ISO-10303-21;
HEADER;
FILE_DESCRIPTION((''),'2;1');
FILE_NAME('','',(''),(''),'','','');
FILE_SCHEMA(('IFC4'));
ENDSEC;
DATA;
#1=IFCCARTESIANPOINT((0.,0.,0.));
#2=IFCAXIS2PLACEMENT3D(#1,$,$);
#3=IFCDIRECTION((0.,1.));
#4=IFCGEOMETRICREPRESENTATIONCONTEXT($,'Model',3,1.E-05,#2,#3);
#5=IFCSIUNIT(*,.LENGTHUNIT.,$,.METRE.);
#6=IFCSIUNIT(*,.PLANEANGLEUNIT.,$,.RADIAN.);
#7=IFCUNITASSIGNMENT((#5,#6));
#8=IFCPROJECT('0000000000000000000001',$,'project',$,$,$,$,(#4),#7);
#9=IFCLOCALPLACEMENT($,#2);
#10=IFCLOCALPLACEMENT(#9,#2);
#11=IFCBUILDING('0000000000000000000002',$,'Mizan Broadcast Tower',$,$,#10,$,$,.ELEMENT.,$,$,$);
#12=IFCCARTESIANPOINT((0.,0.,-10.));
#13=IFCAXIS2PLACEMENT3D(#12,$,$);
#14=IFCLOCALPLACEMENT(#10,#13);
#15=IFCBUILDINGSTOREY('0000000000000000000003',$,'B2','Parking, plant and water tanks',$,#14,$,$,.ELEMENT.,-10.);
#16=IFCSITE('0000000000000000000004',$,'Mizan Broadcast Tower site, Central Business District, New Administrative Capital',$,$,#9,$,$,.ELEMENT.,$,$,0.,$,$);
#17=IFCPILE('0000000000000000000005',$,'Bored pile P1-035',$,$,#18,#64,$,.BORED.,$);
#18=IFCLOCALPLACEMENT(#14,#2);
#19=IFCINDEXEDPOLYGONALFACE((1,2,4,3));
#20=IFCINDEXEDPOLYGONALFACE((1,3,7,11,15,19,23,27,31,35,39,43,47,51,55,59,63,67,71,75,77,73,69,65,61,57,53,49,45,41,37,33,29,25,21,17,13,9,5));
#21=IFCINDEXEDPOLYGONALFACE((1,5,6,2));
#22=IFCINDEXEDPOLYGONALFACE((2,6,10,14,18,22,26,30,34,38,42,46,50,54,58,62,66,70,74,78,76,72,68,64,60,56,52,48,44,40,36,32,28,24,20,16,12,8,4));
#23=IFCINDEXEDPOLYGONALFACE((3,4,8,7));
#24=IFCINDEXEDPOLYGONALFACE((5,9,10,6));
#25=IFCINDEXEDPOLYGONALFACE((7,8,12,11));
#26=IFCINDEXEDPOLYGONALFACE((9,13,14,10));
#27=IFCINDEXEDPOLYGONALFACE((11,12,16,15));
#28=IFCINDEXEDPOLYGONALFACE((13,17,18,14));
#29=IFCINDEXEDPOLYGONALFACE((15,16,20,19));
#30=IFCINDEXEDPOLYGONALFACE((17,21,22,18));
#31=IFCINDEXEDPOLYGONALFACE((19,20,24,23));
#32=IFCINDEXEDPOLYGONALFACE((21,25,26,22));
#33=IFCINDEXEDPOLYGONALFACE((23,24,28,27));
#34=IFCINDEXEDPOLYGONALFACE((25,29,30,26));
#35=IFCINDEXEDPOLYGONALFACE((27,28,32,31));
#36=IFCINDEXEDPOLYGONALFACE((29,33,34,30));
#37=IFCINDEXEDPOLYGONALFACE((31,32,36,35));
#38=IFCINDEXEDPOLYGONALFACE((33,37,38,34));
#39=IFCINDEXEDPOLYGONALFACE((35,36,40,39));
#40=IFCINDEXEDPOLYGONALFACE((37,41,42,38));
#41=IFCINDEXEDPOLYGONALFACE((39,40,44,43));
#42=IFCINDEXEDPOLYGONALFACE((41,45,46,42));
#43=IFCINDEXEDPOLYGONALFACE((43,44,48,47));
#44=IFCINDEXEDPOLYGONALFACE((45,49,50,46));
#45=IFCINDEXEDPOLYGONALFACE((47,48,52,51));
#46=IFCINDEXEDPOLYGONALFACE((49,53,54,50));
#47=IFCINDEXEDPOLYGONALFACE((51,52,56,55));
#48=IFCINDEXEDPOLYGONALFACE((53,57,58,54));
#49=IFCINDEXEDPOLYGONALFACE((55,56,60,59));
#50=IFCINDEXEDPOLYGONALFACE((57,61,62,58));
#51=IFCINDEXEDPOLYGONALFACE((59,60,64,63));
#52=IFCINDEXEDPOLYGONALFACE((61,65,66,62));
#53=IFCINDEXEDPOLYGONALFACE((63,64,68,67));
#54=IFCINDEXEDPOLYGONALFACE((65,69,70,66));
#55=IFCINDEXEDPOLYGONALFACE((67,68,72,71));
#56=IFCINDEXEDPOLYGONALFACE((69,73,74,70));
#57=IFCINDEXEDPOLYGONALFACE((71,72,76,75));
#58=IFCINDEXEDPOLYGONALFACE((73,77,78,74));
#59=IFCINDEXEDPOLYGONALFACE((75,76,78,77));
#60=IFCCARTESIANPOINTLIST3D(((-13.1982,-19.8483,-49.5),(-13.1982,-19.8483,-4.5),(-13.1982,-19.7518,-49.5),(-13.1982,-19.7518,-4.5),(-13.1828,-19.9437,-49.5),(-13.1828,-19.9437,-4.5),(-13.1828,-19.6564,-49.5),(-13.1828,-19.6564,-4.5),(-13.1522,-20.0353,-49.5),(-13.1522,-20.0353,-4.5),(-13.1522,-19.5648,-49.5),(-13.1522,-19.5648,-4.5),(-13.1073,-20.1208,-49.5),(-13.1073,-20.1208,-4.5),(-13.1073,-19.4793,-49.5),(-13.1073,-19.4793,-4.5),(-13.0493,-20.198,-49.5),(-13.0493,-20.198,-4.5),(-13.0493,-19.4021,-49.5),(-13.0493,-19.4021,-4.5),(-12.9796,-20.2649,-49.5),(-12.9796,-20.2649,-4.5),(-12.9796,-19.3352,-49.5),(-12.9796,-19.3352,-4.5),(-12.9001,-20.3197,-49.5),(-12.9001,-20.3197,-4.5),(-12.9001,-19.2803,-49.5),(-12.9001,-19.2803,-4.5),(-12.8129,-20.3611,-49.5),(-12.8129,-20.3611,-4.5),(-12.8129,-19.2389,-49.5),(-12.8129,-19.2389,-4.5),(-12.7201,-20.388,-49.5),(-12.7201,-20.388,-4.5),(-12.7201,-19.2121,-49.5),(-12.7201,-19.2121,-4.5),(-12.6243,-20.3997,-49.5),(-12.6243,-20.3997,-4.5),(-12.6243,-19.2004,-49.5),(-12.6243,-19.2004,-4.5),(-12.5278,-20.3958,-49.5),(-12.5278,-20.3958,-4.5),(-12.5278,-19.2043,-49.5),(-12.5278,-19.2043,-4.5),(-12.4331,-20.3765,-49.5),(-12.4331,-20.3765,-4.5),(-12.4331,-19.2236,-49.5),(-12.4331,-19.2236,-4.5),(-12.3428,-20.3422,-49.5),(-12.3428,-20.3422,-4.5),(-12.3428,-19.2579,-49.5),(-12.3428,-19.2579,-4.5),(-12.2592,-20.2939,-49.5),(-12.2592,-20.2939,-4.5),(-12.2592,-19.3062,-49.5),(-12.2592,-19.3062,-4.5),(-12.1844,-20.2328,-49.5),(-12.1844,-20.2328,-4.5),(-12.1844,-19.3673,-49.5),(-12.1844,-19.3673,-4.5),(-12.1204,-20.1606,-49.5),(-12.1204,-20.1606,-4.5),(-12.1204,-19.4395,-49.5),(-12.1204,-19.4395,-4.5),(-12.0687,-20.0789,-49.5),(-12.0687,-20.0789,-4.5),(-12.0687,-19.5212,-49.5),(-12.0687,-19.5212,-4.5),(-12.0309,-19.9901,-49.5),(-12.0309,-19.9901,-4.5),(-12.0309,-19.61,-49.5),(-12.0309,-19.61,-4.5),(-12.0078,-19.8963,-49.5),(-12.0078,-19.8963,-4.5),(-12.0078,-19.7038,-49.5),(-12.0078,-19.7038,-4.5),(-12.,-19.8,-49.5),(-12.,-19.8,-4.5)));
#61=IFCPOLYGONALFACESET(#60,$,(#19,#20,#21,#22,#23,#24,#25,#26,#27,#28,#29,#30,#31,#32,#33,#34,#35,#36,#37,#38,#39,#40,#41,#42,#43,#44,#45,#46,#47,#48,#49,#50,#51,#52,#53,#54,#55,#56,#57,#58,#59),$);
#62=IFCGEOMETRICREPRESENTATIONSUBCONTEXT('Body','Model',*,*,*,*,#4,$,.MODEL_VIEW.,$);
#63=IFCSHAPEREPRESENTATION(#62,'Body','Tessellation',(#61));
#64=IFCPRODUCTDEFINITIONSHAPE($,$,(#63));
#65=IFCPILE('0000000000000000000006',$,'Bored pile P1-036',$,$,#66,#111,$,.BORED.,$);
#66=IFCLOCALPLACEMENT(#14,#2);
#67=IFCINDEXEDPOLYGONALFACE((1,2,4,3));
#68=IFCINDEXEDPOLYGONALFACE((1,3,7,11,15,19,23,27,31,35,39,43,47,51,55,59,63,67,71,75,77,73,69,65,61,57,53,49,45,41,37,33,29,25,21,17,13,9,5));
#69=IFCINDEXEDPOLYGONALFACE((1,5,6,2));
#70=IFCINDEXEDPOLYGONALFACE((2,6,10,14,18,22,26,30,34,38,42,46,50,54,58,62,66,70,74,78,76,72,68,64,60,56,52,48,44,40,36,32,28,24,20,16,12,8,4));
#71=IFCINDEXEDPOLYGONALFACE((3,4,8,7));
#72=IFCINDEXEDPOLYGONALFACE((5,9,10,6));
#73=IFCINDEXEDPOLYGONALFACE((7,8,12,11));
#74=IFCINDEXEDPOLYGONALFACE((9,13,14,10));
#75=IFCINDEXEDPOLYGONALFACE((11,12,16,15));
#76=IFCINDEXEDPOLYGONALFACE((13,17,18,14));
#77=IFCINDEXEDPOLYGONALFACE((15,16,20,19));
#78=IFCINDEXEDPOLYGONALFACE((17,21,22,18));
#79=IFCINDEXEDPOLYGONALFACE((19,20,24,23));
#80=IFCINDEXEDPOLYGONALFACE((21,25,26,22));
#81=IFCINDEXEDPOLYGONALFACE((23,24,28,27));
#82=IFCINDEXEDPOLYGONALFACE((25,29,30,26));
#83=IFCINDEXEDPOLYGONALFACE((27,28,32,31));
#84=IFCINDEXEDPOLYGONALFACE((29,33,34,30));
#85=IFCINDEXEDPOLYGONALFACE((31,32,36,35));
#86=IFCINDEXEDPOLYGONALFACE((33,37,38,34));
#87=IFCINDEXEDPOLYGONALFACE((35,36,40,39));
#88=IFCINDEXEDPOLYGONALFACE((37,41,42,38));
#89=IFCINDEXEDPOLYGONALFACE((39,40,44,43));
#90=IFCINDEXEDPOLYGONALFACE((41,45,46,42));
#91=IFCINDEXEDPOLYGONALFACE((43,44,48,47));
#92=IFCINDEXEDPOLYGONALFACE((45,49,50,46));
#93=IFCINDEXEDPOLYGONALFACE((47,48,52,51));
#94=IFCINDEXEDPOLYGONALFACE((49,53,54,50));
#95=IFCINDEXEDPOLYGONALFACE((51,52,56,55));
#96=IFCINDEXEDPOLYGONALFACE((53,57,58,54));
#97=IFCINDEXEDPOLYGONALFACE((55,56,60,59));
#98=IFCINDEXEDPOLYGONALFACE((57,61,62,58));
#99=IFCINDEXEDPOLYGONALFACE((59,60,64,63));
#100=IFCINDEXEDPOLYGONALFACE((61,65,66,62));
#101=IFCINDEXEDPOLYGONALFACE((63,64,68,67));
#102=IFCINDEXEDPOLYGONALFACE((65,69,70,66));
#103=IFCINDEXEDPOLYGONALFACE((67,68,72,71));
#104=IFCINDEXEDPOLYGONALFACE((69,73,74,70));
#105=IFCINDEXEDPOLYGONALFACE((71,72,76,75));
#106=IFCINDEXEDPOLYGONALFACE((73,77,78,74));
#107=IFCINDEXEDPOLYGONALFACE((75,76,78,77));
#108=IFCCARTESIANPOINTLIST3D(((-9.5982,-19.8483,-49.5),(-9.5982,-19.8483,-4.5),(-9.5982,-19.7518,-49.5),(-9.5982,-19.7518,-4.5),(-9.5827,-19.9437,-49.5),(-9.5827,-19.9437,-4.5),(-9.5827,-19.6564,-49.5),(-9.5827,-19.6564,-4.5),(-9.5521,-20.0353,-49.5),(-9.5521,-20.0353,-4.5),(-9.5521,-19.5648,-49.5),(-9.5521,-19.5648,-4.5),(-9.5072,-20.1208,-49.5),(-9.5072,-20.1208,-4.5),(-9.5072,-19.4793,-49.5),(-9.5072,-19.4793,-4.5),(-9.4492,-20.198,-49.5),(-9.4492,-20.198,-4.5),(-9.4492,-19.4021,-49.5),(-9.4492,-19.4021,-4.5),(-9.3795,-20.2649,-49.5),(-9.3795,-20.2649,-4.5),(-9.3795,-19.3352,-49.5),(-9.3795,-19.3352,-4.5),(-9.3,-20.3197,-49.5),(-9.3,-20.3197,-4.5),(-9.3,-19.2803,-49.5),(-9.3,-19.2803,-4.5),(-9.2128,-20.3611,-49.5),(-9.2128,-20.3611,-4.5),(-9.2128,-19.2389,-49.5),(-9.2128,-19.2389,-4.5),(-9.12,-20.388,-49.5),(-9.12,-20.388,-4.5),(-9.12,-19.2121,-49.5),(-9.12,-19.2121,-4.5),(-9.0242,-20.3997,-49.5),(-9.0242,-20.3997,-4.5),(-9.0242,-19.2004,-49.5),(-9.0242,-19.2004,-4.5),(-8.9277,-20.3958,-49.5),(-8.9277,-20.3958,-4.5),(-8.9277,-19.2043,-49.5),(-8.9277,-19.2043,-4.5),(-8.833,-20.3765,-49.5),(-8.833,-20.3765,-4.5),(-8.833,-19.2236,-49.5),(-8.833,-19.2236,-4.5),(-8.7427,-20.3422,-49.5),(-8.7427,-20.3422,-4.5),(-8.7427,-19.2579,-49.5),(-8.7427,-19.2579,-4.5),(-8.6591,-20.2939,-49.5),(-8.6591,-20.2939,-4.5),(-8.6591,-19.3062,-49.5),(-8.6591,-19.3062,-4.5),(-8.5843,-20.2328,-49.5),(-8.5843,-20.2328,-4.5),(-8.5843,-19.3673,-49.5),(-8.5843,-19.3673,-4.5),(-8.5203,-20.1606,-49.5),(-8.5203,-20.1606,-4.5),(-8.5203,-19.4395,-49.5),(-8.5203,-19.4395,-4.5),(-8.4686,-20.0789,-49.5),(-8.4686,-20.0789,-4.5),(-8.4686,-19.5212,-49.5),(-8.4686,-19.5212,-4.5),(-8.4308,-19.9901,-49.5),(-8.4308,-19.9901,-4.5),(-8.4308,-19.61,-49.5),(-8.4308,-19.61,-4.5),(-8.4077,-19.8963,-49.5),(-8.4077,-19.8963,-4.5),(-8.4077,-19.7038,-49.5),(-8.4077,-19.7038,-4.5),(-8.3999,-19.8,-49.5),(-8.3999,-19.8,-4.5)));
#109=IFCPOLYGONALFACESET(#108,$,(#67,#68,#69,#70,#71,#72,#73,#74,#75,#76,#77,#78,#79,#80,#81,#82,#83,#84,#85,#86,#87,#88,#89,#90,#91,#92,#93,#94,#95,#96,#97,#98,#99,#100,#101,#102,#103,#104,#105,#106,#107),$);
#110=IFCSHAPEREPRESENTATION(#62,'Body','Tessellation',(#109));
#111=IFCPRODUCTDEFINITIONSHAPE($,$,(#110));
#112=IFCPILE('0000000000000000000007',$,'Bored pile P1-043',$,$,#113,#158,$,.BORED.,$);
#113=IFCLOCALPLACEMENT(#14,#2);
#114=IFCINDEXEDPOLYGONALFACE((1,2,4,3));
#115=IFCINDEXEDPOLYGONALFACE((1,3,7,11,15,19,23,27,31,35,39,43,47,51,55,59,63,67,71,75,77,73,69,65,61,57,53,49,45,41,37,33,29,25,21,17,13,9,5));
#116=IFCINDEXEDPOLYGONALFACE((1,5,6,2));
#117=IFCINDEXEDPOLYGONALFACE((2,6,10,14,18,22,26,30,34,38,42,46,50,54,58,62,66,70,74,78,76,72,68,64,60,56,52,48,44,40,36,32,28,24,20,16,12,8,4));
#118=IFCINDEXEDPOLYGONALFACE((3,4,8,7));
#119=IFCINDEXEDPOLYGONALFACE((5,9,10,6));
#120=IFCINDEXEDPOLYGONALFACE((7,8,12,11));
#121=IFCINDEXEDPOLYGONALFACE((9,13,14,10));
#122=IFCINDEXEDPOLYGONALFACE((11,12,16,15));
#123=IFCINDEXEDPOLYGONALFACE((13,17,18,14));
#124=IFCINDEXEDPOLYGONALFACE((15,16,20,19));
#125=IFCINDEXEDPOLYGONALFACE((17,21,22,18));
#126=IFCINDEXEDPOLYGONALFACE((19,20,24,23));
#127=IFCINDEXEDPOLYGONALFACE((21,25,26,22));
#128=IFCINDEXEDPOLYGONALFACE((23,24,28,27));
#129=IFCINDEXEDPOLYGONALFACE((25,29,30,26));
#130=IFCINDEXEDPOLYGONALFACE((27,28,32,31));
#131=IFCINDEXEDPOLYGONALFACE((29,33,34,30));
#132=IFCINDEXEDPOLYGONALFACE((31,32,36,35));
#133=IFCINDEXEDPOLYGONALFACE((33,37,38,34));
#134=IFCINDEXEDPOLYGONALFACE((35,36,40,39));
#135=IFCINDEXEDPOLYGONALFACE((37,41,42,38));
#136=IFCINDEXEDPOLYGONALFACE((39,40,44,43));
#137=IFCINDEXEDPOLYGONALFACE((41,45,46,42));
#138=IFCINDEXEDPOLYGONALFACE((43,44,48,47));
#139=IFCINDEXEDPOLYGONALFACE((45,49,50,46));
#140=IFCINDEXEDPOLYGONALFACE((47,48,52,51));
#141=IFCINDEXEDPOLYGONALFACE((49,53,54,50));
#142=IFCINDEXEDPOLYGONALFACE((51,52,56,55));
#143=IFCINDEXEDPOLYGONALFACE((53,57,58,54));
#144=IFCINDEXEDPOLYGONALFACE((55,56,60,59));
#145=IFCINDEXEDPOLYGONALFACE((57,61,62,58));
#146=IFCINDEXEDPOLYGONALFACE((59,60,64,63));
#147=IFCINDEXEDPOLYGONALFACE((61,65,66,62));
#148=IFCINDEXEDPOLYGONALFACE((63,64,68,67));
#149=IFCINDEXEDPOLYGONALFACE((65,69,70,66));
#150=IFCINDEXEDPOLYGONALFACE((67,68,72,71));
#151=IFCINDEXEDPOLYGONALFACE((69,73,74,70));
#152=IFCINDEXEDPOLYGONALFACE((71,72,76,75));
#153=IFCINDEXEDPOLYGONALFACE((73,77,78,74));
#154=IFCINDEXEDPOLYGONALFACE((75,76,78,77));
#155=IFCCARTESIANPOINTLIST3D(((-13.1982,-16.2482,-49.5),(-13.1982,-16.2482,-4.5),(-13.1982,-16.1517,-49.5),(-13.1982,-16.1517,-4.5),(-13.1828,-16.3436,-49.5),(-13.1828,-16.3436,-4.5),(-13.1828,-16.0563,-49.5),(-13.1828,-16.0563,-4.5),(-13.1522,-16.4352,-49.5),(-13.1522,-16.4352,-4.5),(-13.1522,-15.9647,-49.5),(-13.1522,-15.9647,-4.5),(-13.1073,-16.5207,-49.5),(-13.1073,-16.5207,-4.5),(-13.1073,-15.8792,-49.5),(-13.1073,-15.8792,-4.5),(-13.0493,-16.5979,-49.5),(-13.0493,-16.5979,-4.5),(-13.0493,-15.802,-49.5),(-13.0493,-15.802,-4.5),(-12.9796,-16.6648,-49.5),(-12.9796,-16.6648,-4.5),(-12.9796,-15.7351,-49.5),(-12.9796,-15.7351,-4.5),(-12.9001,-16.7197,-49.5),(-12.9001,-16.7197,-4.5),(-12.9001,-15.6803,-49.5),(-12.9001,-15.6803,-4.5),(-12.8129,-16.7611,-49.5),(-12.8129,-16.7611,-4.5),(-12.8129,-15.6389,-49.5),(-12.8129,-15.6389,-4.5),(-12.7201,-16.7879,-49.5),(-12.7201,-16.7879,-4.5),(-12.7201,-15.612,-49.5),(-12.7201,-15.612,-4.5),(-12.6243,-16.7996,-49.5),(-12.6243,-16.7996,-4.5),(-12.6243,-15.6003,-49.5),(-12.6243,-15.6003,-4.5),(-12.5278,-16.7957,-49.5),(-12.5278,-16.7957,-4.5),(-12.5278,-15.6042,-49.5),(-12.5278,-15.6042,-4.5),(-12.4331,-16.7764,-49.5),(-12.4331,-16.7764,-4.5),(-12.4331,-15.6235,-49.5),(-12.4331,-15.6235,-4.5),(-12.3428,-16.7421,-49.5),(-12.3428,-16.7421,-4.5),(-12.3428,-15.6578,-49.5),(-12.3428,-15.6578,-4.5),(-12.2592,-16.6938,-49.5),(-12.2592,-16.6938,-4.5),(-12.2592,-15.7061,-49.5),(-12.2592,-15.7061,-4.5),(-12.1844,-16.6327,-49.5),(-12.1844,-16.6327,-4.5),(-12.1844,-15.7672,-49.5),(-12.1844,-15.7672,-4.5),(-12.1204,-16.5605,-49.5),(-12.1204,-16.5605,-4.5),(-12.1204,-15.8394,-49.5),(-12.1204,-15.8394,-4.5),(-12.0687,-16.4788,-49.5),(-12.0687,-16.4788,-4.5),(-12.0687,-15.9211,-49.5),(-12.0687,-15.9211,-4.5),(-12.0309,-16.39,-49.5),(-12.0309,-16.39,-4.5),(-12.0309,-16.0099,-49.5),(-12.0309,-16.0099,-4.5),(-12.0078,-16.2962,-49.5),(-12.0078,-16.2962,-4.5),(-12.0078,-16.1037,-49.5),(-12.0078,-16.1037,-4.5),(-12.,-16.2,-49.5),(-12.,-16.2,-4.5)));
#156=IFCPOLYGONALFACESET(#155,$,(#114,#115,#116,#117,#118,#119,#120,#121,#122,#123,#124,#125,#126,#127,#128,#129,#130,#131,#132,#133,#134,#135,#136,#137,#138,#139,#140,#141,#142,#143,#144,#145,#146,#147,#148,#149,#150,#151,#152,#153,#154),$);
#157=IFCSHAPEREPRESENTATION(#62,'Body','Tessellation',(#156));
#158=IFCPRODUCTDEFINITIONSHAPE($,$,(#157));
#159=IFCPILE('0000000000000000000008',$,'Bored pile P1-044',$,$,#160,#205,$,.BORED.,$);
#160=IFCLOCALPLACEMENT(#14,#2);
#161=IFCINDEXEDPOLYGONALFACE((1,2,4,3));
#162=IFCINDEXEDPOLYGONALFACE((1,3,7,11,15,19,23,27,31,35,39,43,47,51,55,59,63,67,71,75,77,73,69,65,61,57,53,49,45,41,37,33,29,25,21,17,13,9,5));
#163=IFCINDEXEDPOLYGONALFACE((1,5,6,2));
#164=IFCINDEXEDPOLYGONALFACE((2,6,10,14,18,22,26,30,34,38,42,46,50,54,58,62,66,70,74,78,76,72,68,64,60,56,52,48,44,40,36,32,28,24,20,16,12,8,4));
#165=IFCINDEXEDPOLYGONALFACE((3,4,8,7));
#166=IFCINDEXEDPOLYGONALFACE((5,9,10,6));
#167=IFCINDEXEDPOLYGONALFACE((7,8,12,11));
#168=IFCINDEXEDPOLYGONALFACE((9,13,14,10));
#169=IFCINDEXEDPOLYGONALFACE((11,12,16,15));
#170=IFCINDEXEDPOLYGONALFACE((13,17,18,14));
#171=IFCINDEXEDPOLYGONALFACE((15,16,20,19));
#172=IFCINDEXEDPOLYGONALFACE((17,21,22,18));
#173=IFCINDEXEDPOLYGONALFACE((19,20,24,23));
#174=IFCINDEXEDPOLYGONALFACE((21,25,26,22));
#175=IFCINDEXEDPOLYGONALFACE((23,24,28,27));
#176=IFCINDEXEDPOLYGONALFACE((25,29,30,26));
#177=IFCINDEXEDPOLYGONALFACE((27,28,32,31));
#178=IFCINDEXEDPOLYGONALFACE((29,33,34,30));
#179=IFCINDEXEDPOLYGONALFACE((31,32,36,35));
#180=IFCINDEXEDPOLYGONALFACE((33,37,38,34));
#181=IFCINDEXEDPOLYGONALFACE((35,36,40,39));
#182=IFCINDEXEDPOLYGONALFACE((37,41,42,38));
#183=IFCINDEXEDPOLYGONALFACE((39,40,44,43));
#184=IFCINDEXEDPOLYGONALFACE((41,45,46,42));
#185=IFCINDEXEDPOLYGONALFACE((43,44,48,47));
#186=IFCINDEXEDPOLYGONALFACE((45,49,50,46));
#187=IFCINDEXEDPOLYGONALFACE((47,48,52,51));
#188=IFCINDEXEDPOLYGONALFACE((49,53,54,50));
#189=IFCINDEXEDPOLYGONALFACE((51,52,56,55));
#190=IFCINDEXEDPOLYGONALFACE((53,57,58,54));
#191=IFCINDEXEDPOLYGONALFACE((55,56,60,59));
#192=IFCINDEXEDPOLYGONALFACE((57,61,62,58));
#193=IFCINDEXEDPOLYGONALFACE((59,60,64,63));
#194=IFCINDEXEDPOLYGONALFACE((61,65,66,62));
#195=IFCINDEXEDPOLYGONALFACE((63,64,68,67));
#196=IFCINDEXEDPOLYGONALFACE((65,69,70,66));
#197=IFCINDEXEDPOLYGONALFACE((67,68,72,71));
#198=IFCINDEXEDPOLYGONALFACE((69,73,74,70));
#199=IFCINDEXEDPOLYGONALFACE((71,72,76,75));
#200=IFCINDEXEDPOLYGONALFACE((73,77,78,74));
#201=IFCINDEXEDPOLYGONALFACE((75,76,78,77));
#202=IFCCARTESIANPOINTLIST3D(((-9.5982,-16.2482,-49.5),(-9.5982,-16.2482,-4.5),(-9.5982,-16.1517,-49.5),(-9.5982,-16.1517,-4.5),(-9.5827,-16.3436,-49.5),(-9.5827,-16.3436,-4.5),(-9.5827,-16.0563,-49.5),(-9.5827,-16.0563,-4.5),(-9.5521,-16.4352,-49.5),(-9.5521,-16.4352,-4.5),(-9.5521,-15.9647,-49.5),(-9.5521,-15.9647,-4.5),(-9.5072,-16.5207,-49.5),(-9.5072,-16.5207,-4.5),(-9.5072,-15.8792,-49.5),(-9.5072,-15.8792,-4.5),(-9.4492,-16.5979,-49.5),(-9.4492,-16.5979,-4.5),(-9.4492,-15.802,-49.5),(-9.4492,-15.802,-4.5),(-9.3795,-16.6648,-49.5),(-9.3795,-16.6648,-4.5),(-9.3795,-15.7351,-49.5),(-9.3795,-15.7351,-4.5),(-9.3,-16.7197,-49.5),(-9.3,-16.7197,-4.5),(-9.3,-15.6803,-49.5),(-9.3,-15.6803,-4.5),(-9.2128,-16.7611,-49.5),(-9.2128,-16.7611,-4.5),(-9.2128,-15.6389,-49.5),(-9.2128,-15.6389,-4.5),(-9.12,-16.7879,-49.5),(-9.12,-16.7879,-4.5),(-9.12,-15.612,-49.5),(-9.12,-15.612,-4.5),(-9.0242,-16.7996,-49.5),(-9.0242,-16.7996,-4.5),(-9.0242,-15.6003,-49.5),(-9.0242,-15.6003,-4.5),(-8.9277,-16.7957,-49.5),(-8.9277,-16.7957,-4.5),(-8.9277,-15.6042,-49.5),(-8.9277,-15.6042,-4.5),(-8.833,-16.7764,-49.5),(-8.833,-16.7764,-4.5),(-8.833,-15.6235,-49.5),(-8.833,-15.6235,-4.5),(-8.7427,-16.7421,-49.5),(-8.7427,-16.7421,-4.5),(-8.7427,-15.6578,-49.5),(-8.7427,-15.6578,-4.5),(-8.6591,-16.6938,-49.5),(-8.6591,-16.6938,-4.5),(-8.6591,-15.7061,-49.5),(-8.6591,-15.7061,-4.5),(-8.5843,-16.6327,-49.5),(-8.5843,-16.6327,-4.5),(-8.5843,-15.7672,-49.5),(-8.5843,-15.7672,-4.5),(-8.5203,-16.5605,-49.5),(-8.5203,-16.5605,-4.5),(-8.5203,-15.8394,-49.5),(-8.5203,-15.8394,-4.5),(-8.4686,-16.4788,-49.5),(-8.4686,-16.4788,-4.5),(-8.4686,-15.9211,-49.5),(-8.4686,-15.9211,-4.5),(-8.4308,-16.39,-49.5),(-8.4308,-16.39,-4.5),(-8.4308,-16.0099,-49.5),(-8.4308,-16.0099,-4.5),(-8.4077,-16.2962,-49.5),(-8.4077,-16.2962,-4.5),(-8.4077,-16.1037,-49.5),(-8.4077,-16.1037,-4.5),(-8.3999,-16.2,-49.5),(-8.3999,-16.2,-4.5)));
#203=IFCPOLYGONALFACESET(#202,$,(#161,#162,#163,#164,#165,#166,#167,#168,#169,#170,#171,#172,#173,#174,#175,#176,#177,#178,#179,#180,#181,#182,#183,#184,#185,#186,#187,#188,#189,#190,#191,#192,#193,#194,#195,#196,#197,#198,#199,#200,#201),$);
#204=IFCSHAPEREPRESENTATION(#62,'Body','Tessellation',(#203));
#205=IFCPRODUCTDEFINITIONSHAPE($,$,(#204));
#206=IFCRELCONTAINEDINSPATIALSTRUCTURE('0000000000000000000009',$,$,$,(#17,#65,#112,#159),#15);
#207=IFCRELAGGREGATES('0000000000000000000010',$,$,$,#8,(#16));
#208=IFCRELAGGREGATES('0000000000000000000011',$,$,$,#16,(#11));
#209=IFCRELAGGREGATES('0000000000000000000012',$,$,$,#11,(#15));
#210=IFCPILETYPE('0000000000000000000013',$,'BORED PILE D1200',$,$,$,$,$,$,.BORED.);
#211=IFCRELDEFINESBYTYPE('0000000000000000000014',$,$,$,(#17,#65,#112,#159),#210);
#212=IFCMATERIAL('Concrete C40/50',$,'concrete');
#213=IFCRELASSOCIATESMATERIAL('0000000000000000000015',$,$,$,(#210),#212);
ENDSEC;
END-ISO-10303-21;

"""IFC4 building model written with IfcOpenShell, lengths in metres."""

from ifc_helpers import new_model, si_unit, direction, frame, origin, origin_2d, place, context, subcontext, project, spatial, circle, extrude, material, material_profile, profile_set, type_object, element, save


model = new_model("IFC4")

# Units and contexts
model_context = context("Model", 3, precision=1e-05, world=origin(), true_north=direction((0.0, 1.0)))
body_context = subcontext(model_context, "Body", "Model", "MODEL_VIEW")
ifc_project = project(units=[si_unit("LENGTHUNIT", "METRE"), si_unit("PLANEANGLEUNIT", "RADIAN")], contexts=[model_context])

# Site, building, storey
site_placement = place(None, origin())
site = spatial("IfcSite", under=ifc_project, at=site_placement, Name="Mizan Broadcast Tower site, Central Business District, New Administrative Capital", CompositionType="ELEMENT", RefElevation=0.0)
building_placement = place(site_placement, origin())
building = spatial("IfcBuilding", under=site, at=building_placement, Name="Mizan Broadcast Tower", CompositionType="ELEMENT")
storey_placement = place(building_placement, frame((0.0, 0.0, -10.0)))
storey = spatial("IfcBuildingStorey", under=building, at=storey_placement, Name="B2", Description="Parking, plant and water tanks", CompositionType="ELEMENT", Elevation=-10.0)

# Piles
ifc_material_1 = material(Name="Concrete C40/50", Category="concrete")
ifc_material_profile_1 = material_profile(ifc_material_1, circle(Radius=0.6001, at=origin_2d()), Name="D1200")
ifc_profile_set_1 = profile_set([ifc_material_profile_1], Name="Concrete C40/50")
pile_type_1 = type_object("IfcPileType", Name="BORED PILE D1200", PredefinedType="BORED", material=ifc_profile_set_1)
for number, where, z_axis, x_axis, name in (
    (1, (-12.6001, -19.8, -4.5), (0.0, 0.0, -1.0), (1.0, 0.0, 0.0), "Bored pile P1-035"),
    (2, (-9.0, -19.8, -4.5), (0.0, 0.0, -1.0), (1.0, 0.0, 0.0), "Bored pile P1-036"),
    (3, (-12.6001, -16.2, -4.5), (0.0, 0.0, -1.0), (1.0, 0.0, 0.0), "Bored pile P1-043"),
    (4, (-9.0, -16.2, -4.5), (0.0, 0.0, -1.0), (1.0, 0.0, 0.0), "Bored pile P1-044"),
):
    element("IfcPile", number, at=place(storey_placement, frame(where, z_axis=z_axis, x_axis=x_axis)), inside=storey, type_object=pile_type_1, Name=name, PredefinedType="BORED", context=body_context, shape_type="SweptSolid", body=[
        extrude(circle(Radius=0.6001, at=origin_2d()), origin(), (0.0, 0.0, 1.0), 45.0),
    ])

save(model, "model.ifc")
